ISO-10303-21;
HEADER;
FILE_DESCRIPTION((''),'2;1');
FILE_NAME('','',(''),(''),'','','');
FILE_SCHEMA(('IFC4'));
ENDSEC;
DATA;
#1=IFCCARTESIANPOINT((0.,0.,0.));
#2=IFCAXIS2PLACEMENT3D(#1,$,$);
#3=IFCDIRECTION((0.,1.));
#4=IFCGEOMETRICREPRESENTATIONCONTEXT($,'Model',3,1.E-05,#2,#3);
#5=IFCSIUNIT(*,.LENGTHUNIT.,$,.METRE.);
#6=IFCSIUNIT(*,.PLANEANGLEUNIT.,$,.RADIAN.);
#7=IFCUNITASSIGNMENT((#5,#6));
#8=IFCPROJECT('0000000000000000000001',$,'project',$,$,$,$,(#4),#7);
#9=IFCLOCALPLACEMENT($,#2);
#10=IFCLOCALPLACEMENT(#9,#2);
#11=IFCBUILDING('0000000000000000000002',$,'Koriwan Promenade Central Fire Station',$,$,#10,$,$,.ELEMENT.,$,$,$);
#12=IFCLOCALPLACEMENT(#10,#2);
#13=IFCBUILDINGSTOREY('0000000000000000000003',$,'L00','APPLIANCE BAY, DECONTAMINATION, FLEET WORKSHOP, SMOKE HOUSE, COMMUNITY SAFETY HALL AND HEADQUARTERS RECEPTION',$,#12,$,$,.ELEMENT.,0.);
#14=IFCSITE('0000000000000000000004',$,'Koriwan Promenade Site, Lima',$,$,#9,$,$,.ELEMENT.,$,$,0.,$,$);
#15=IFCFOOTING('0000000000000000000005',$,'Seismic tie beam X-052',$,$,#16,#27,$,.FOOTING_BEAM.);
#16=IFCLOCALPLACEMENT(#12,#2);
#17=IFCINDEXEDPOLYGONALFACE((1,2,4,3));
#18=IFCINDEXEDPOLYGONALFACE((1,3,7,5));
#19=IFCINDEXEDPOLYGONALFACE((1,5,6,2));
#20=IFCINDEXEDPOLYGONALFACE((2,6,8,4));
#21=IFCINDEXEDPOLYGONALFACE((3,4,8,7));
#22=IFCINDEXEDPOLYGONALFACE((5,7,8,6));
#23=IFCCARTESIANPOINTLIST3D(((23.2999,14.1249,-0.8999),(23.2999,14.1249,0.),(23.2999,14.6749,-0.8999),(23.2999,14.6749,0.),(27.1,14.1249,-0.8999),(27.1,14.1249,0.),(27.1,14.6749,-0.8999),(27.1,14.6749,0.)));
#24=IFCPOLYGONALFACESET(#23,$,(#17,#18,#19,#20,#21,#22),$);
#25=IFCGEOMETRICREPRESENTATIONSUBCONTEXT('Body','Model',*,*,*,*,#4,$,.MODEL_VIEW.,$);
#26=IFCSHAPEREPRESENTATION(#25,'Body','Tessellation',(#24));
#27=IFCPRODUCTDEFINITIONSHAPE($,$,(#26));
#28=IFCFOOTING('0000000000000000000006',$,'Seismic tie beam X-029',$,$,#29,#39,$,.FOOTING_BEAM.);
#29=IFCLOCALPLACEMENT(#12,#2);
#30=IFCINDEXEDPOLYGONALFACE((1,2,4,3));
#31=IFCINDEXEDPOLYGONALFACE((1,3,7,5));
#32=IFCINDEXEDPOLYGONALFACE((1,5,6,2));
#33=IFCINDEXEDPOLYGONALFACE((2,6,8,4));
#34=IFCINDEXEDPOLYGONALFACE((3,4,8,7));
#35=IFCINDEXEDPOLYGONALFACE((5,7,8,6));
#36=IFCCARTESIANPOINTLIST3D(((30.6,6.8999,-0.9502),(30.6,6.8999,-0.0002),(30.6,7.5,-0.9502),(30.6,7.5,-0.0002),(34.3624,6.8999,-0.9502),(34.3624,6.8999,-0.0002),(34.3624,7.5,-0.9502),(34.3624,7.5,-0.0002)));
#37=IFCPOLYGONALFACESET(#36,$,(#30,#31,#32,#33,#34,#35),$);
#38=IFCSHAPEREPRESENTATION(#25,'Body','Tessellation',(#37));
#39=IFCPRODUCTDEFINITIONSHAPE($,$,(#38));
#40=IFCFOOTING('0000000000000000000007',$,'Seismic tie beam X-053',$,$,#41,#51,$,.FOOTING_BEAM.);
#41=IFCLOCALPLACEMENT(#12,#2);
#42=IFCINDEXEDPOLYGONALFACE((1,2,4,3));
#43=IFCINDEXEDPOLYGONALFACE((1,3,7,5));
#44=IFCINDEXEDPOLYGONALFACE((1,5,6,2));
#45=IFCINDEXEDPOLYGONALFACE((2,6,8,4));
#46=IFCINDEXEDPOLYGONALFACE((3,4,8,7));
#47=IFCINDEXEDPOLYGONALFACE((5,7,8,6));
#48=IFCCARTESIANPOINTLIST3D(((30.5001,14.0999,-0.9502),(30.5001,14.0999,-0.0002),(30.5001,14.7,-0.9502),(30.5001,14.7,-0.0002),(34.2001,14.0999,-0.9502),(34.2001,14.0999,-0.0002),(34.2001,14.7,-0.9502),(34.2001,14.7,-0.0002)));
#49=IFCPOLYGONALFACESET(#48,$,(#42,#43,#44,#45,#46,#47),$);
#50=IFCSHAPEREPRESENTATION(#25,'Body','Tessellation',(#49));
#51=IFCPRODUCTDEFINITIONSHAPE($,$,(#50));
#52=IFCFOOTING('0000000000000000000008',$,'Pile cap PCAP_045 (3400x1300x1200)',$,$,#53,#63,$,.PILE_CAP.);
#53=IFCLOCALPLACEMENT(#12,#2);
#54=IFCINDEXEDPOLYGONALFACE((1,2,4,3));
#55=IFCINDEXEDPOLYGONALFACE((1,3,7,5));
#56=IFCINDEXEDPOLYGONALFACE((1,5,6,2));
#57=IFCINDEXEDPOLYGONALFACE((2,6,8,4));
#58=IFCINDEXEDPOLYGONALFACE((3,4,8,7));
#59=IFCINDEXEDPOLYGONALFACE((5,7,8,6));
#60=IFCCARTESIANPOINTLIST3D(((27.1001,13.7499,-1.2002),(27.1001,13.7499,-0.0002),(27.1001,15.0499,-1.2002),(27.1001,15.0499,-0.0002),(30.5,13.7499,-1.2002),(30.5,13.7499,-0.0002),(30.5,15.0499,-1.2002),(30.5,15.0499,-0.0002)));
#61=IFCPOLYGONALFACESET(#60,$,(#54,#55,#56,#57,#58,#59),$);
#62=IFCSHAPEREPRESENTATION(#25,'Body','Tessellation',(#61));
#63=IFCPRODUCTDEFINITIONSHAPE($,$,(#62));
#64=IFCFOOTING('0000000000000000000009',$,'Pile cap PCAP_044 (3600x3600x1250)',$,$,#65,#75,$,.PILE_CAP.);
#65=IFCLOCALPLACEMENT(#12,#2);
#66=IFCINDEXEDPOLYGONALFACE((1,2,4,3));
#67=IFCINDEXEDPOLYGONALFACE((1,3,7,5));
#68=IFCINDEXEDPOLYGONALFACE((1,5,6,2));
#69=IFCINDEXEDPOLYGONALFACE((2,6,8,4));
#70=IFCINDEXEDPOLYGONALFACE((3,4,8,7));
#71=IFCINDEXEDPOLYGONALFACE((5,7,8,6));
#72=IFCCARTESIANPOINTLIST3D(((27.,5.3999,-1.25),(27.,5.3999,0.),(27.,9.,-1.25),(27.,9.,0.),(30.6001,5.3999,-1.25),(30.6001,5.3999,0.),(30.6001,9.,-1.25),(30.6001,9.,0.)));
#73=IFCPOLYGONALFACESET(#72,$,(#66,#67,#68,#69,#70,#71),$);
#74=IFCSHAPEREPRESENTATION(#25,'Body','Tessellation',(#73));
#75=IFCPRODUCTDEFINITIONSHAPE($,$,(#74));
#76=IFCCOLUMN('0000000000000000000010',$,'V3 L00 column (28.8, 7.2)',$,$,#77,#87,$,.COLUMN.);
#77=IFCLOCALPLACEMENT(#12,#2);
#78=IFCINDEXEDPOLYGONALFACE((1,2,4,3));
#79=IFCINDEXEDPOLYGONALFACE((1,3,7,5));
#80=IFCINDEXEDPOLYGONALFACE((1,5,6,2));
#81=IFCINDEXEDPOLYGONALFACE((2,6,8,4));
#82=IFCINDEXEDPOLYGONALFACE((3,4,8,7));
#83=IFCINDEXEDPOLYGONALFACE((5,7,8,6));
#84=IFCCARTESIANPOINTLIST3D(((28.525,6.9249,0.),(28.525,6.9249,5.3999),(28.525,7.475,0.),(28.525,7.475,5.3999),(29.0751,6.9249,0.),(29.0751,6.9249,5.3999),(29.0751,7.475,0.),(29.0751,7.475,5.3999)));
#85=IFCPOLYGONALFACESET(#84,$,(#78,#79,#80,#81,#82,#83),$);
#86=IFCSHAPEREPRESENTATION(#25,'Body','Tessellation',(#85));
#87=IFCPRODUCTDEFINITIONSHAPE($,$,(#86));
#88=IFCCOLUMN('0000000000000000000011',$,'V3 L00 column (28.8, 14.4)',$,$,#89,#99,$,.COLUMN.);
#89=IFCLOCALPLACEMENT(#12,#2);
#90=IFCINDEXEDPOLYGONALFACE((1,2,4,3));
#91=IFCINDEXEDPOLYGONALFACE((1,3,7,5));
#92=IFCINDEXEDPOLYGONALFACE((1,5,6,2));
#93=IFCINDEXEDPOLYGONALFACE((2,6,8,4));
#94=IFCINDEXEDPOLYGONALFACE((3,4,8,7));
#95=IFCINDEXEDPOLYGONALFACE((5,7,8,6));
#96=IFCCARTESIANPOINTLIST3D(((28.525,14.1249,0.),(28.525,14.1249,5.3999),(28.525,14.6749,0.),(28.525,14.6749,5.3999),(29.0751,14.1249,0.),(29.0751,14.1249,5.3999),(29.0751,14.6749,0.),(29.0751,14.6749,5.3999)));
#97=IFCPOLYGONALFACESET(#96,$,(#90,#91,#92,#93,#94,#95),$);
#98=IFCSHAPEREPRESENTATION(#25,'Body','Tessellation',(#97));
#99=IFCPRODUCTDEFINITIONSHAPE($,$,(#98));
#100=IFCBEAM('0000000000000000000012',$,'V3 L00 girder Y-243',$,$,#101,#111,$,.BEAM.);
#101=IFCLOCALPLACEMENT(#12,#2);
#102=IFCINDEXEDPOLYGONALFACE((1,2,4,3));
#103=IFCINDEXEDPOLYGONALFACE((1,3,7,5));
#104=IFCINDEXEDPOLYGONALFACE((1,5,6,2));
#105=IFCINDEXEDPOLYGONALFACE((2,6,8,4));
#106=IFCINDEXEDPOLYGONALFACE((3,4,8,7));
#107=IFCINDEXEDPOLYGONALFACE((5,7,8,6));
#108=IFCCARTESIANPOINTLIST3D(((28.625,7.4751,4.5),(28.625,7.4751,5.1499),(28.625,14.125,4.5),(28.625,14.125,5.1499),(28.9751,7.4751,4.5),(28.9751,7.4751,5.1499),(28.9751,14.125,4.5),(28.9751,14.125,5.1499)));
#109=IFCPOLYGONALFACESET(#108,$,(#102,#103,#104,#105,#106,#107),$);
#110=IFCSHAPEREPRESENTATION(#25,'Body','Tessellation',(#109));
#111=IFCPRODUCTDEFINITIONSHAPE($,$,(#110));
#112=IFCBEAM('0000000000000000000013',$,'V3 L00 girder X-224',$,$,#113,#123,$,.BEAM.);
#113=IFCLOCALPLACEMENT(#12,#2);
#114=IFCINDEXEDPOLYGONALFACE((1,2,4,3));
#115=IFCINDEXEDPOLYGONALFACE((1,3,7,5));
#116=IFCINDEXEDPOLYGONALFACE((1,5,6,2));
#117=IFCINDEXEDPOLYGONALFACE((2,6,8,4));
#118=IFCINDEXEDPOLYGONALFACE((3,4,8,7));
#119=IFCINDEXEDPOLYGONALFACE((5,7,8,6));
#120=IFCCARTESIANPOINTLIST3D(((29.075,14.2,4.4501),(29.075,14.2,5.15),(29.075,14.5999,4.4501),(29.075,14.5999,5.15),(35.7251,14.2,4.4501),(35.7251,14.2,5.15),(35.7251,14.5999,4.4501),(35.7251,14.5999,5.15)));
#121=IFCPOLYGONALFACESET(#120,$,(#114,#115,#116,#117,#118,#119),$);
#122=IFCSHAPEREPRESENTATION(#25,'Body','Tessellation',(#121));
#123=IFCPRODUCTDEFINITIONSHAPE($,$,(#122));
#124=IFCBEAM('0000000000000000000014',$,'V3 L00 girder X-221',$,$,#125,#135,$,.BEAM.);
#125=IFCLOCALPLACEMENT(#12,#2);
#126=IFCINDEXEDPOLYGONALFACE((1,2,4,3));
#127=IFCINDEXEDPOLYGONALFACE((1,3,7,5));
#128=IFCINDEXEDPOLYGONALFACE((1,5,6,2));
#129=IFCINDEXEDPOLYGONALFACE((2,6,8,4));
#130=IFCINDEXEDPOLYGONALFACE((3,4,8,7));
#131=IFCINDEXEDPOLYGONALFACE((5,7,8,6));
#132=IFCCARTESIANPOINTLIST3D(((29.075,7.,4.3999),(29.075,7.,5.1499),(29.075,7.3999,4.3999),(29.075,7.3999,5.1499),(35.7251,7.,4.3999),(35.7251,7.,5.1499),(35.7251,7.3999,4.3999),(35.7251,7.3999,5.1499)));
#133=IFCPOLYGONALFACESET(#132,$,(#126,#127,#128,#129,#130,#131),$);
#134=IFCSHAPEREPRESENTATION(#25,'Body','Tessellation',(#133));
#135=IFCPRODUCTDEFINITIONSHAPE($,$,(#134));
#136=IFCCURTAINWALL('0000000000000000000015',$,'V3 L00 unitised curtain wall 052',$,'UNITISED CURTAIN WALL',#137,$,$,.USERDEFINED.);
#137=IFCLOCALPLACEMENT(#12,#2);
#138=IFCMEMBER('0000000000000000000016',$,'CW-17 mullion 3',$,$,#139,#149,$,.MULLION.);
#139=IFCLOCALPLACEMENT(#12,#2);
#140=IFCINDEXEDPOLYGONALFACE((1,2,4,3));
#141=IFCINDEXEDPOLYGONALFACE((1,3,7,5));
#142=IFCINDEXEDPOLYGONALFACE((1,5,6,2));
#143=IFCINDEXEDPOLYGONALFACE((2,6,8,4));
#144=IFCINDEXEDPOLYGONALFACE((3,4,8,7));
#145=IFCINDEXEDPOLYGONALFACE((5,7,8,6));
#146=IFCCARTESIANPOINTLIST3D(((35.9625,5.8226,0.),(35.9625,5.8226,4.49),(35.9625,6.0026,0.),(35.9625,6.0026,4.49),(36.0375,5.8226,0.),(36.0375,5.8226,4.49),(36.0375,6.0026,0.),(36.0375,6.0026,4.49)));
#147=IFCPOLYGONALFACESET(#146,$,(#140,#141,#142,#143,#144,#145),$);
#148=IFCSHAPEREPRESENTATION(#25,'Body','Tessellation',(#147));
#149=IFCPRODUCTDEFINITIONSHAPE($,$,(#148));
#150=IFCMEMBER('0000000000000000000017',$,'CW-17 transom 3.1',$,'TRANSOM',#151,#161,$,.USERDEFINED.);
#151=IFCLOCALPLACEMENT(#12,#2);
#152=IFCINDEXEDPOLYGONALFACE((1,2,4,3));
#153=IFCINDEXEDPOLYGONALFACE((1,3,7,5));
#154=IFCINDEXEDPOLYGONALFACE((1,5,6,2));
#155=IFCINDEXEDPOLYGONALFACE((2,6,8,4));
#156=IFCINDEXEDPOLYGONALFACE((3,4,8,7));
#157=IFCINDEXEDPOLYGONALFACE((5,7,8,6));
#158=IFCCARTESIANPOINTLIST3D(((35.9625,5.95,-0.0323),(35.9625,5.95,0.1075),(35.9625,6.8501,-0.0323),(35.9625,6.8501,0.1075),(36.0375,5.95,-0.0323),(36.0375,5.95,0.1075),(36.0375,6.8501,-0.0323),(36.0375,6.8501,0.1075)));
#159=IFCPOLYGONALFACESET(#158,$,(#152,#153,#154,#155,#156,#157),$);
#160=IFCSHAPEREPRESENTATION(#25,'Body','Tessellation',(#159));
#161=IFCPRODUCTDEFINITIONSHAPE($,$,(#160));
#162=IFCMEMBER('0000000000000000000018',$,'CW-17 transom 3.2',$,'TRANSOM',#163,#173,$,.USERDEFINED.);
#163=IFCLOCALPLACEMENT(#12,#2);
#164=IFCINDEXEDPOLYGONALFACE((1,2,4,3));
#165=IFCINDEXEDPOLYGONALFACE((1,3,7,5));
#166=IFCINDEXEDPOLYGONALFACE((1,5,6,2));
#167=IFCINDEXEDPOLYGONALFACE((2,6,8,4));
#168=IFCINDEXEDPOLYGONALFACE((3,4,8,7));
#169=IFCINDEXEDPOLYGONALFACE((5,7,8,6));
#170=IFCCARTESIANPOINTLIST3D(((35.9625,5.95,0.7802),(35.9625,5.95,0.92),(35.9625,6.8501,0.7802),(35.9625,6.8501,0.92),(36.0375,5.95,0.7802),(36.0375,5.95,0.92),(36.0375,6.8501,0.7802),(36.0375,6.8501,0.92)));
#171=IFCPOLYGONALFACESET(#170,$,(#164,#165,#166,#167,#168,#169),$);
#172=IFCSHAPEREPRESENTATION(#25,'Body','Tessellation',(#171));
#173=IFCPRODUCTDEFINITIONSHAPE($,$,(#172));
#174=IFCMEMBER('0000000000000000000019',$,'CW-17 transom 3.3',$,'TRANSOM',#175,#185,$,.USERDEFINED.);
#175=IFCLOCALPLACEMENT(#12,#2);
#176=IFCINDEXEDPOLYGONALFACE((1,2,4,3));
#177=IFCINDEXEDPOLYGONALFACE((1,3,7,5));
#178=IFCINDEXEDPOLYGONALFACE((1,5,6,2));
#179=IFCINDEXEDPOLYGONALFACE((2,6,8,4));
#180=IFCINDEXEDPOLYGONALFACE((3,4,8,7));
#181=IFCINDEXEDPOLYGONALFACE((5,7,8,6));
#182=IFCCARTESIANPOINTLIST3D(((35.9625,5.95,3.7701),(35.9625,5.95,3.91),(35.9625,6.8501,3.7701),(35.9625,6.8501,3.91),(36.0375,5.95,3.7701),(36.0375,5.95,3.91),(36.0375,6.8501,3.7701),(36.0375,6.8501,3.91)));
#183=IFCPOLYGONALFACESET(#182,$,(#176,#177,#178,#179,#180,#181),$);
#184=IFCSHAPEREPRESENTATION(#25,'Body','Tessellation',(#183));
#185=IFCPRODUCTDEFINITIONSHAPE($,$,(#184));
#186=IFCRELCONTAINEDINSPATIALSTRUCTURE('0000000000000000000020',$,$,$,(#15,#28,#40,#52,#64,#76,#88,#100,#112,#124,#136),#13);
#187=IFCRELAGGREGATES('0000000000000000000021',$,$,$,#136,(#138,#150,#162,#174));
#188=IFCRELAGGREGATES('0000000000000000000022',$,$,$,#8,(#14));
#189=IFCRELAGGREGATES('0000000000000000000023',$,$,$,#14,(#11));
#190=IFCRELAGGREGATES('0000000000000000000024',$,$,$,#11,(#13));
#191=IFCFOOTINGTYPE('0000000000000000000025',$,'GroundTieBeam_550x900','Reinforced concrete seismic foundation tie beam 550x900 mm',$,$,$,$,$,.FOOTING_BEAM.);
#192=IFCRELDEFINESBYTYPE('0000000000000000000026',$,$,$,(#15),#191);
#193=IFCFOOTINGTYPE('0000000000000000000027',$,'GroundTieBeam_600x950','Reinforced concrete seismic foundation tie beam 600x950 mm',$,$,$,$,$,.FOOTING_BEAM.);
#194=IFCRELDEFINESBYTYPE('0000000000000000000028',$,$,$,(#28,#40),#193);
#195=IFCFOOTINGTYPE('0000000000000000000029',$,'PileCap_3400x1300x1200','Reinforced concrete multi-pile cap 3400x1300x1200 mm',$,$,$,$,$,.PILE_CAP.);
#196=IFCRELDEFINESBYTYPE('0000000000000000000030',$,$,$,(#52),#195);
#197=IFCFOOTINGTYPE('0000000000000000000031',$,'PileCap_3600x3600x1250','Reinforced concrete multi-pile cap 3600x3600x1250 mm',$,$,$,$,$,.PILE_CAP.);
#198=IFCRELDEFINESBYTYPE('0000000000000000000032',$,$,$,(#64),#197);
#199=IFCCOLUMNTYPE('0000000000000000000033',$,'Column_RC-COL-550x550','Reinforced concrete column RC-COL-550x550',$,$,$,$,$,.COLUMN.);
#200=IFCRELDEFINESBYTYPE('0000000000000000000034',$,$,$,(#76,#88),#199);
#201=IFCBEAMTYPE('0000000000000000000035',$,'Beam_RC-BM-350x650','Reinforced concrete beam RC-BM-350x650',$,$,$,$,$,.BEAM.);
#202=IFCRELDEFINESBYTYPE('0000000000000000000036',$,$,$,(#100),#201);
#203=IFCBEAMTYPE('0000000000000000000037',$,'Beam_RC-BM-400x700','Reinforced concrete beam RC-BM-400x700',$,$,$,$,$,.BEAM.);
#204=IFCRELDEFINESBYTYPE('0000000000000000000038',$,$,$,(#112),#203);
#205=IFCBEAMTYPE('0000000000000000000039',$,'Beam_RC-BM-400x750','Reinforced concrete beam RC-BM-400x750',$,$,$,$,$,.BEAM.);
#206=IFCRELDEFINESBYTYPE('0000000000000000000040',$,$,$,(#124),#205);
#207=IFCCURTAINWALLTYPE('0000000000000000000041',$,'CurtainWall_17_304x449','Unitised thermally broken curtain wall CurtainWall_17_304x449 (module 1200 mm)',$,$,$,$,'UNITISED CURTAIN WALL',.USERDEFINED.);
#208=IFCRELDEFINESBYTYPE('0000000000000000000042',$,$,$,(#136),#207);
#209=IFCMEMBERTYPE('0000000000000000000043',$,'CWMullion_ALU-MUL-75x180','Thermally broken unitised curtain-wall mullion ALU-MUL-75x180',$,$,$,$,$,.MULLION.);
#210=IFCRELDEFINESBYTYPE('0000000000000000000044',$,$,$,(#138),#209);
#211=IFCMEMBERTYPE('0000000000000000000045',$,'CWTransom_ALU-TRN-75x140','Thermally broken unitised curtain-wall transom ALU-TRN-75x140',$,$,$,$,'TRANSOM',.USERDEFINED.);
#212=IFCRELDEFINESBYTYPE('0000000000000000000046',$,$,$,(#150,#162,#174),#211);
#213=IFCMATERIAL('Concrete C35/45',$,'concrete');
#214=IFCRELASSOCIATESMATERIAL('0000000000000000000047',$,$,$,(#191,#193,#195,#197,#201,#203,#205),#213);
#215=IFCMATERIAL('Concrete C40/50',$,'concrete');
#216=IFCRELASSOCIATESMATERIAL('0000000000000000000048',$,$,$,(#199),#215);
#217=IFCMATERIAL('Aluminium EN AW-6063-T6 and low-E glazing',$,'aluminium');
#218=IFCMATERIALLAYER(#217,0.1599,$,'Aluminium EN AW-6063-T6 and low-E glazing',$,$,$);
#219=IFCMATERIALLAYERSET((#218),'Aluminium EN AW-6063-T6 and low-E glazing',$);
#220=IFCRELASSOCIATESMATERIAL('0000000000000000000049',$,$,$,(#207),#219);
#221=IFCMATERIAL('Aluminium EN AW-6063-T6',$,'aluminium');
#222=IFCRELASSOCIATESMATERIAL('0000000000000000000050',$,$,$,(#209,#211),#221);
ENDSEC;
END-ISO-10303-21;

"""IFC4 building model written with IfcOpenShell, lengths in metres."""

from ifc_helpers import new_model, si_unit, direction, frame, origin, origin_2d, place, context, subcontext, project, spatial, rectangle, extrude, material, layer, layer_set, material_profile, profile_set, type_object, element, aggregate, save


model = new_model("IFC4")

# Units and contexts
model_context = context("Model", 3, precision=1e-05, world=origin(), true_north=direction((0.0, 1.0)))
body_context = subcontext(model_context, "Body", "Model", "MODEL_VIEW")
ifc_project = project(units=[si_unit("LENGTHUNIT", "METRE"), si_unit("PLANEANGLEUNIT", "RADIAN")], contexts=[model_context])

# Site, building, storey
site_placement = place(None, origin())
site = spatial("IfcSite", under=ifc_project, at=site_placement, Name="Koriwan Promenade Site, Lima", CompositionType="ELEMENT", RefElevation=0.0)
building_placement = place(site_placement, origin())
building = spatial("IfcBuilding", under=site, at=building_placement, Name="Koriwan Promenade Central Fire Station", CompositionType="ELEMENT")
storey_placement = place(building_placement, origin())
storey = spatial("IfcBuildingStorey", under=building, at=storey_placement, Name="L00", Description="APPLIANCE BAY, DECONTAMINATION, FLEET WORKSHOP, SMOKE HOUSE, COMMUNITY SAFETY HALL AND HEADQUARTERS RECEPTION", CompositionType="ELEMENT", Elevation=0.0)

# Shared definitions
ifc_material_1 = material(Name="Concrete C35/45", Category="concrete")

# Footings
footing_type_1 = type_object("IfcFootingType", Name="GroundTieBeam_550x900", Description="Reinforced concrete seismic foundation tie beam 550x900 mm", PredefinedType="FOOTING_BEAM", material=ifc_material_1)
footing_1_placement = place(storey_placement, frame((25.2, 14.3999, -0.8999), z_axis=(0.0, 0.0, 1.0), x_axis=(1.0, 0.0, 0.0)))
element("IfcFooting", 1, at=footing_1_placement, inside=storey, type_object=footing_type_1, Name="Seismic tie beam X-052", PredefinedType="FOOTING_BEAM", context=body_context, shape_type="SweptSolid", body=[
    extrude(rectangle(XDim=3.8, YDim=0.55, at=origin_2d()), origin(), (0.0, 0.0, 1.0), 0.8999),
])
footing_type_2 = type_object("IfcFootingType", Name="GroundTieBeam_600x950", Description="Reinforced concrete seismic foundation tie beam 600x950 mm", PredefinedType="FOOTING_BEAM", material=ifc_material_1)
footing_2_placement = place(storey_placement, frame((32.4812, 7.2, -0.9502), z_axis=(0.0, 0.0, 1.0), x_axis=(1.0, 0.0, 0.0)))
element("IfcFooting", 2, at=footing_2_placement, inside=storey, type_object=footing_type_2, Name="Seismic tie beam X-029", PredefinedType="FOOTING_BEAM", context=body_context, shape_type="SweptSolid", body=[
    extrude(rectangle(XDim=3.7625, YDim=0.6001, at=origin_2d()), origin(), (0.0, 0.0, 1.0), 0.95),
])
footing_3_placement = place(storey_placement, frame((32.3501, 14.3999, -0.9502), z_axis=(0.0, 0.0, 1.0), x_axis=(1.0, 0.0, 0.0)))
element("IfcFooting", 3, at=footing_3_placement, inside=storey, type_object=footing_type_2, Name="Seismic tie beam X-053", PredefinedType="FOOTING_BEAM", context=body_context, shape_type="SweptSolid", body=[
    extrude(rectangle(XDim=3.7, YDim=0.6001, at=origin_2d()), origin(), (0.0, 0.0, 1.0), 0.95),
])
footing_type_3 = type_object("IfcFootingType", Name="PileCap_3400x1300x1200", Description="Reinforced concrete multi-pile cap 3400x1300x1200 mm", PredefinedType="PILE_CAP", material=ifc_material_1)
footing_4_placement = place(storey_placement, frame((28.8, 14.3999, -1.2002), z_axis=(0.0, 0.0, 1.0), x_axis=(1.0, 0.0, 0.0)))
element("IfcFooting", 4, at=footing_4_placement, inside=storey, type_object=footing_type_3, Name="Pile cap PCAP_045 (3400x1300x1200)", PredefinedType="PILE_CAP", context=body_context, shape_type="SweptSolid", body=[
    extrude(rectangle(XDim=3.3999, YDim=1.3, at=origin_2d()), origin(), (0.0, 0.0, 1.0), 1.2),
])
footing_type_4 = type_object("IfcFootingType", Name="PileCap_3600x3600x1250", Description="Reinforced concrete multi-pile cap 3600x3600x1250 mm", PredefinedType="PILE_CAP", material=ifc_material_1)
footing_5_placement = place(storey_placement, frame((28.8, 7.2, -1.25), z_axis=(0.0, 0.0, 1.0), x_axis=(1.0, 0.0, 0.0)))
element("IfcFooting", 5, at=footing_5_placement, inside=storey, type_object=footing_type_4, Name="Pile cap PCAP_044 (3600x3600x1250)", PredefinedType="PILE_CAP", context=body_context, shape_type="SweptSolid", body=[
    extrude(rectangle(XDim=3.6001, YDim=3.6001, at=origin_2d()), origin(), (0.0, 0.0, 1.0), 1.25),
])

# Columns
ifc_material_2 = material(Name="Concrete C40/50", Category="concrete")
ifc_material_profile_1 = material_profile(ifc_material_2, rectangle(XDim=0.55, YDim=0.55, at=origin_2d()), Name="RC-COL-550x550")
ifc_profile_set_1 = profile_set([ifc_material_profile_1], Name="Concrete C40/50")
column_type = type_object("IfcColumnType", Name="Column_RC-COL-550x550", Description="Reinforced concrete column RC-COL-550x550", PredefinedType="COLUMN", material=ifc_profile_set_1)
for number, where, z_axis, x_axis, name in (
    (6, (28.8, 7.2, 0.0), (0.0, 0.0, 1.0), (1.0, 0.0, 0.0), "V3 L00 column (28.8, 7.2)"),
    (7, (28.8, 14.3999, 0.0), (0.0, 0.0, 1.0), (1.0, 0.0, 0.0), "V3 L00 column (28.8, 14.4)"),
):
    element("IfcColumn", number, at=place(storey_placement, frame(where, z_axis=z_axis, x_axis=x_axis)), inside=storey, type_object=column_type, Name=name, PredefinedType="COLUMN", context=body_context, shape_type="SweptSolid", body=[
        extrude(rectangle(XDim=0.55, YDim=0.55, at=origin_2d()), origin(), (0.0, 0.0, 1.0), 5.3999),
    ])

# Beams
ifc_material_profile_2 = material_profile(ifc_material_1, rectangle(XDim=0.3501, YDim=0.6499, at=origin_2d()), Name="RC-BM-350x650")
ifc_profile_set_2 = profile_set([ifc_material_profile_2], Name="Concrete C35/45")
beam_type_1 = type_object("IfcBeamType", Name="Beam_RC-BM-350x650", Description="Reinforced concrete beam RC-BM-350x650", PredefinedType="BEAM", material=ifc_profile_set_2)
beam_1_placement = place(storey_placement, frame((28.8, 7.4751, 4.825), z_axis=(0.0, 1.0, 0.0), x_axis=(-1.0, 0.0, 0.0)))
element("IfcBeam", 8, at=beam_1_placement, inside=storey, type_object=beam_type_1, Name="V3 L00 girder Y-243", PredefinedType="BEAM", context=body_context, shape_type="SweptSolid", body=[
    extrude(rectangle(XDim=0.3501, YDim=0.6499, at=origin_2d()), origin(), (0.0, 0.0, 1.0), 6.6499),
])
ifc_material_profile_3 = material_profile(ifc_material_1, rectangle(XDim=0.3999, YDim=0.7, at=origin_2d()), Name="RC-BM-400x700")
ifc_profile_set_3 = profile_set([ifc_material_profile_3], Name="Concrete C35/45")
beam_type_2 = type_object("IfcBeamType", Name="Beam_RC-BM-400x700", Description="Reinforced concrete beam RC-BM-400x700", PredefinedType="BEAM", material=ifc_profile_set_3)
beam_2_placement = place(storey_placement, frame((29.075, 14.3999, 4.8), z_axis=(1.0, 0.0, 0.0), x_axis=(0.0, 1.0, 0.0)))
element("IfcBeam", 9, at=beam_2_placement, inside=storey, type_object=beam_type_2, Name="V3 L00 girder X-224", PredefinedType="BEAM", context=body_context, shape_type="SweptSolid", body=[
    extrude(rectangle(XDim=0.3999, YDim=0.7, at=origin_2d()), origin(), (0.0, 0.0, 1.0), 6.6501),
])
ifc_material_profile_4 = material_profile(ifc_material_1, rectangle(XDim=0.3999, YDim=0.75, at=origin_2d()), Name="RC-BM-400x750")
ifc_profile_set_4 = profile_set([ifc_material_profile_4], Name="Concrete C35/45")
beam_type_3 = type_object("IfcBeamType", Name="Beam_RC-BM-400x750", Description="Reinforced concrete beam RC-BM-400x750", PredefinedType="BEAM", material=ifc_profile_set_4)
beam_3_placement = place(storey_placement, frame((29.075, 7.2, 4.7749), z_axis=(1.0, 0.0, 0.0), x_axis=(0.0, 1.0, 0.0)))
element("IfcBeam", 10, at=beam_3_placement, inside=storey, type_object=beam_type_3, Name="V3 L00 girder X-221", PredefinedType="BEAM", context=body_context, shape_type="SweptSolid", body=[
    extrude(rectangle(XDim=0.3999, YDim=0.75, at=origin_2d()), origin(), (0.0, 0.0, 1.0), 6.6501),
])

# Curtain wall, members
ifc_material_3 = material(Name="Aluminium EN AW-6063-T6 and low-E glazing", Category="aluminium")
ifc_layer_1 = layer(ifc_material_3, 0.1599, Name="Aluminium EN AW-6063-T6 and low-E glazing")
ifc_layer_set_1 = layer_set([ifc_layer_1], Name="Aluminium EN AW-6063-T6 and low-E glazing")
curtain_wall_type = type_object("IfcCurtainWallType", Name="CurtainWall_17_304x449", Description="Unitised thermally broken curtain wall CurtainWall_17_304x449 (module 1200 mm)", ElementType="UNITISED CURTAIN WALL", PredefinedType="USERDEFINED", material=ifc_layer_set_1)
curtain_wall_placement = place(storey_placement, origin())
curtain_wall = element("IfcCurtainWall", 11, at=curtain_wall_placement, inside=storey, type_object=curtain_wall_type, Name="V3 L00 unitised curtain wall 052", ObjectType="UNITISED CURTAIN WALL", PredefinedType="USERDEFINED")
ifc_material_4 = material(Name="Aluminium EN AW-6063-T6", Category="aluminium")
ifc_material_profile_5 = material_profile(ifc_material_4, rectangle(XDim=0.075, YDim=0.1799, at=origin_2d()), Name="ALU-MUL-75x180")
ifc_profile_set_5 = profile_set([ifc_material_profile_5], Name="Aluminium EN AW-6063-T6")
member_type_1 = type_object("IfcMemberType", Name="CWMullion_ALU-MUL-75x180", Description="Thermally broken unitised curtain-wall mullion ALU-MUL-75x180", PredefinedType="MULLION", material=ifc_profile_set_5)
member_1_placement = place(storey_placement, frame((36.0, 5.9126, 0.0), z_axis=(0.0, 0.0, 1.0), x_axis=(-1.0, 0.0, 0.0)))
member_1 = element("IfcMember", 12, at=member_1_placement, type_object=member_type_1, Name="CW-17 mullion 3", PredefinedType="MULLION", context=body_context, shape_type="SweptSolid", body=[
    extrude(rectangle(XDim=0.075, YDim=0.1799, at=origin_2d()), origin(), (0.0, 0.0, 1.0), 4.49),
])
ifc_material_profile_6 = material_profile(ifc_material_4, rectangle(XDim=0.075, YDim=0.1399, at=origin_2d()), Name="ALU-TRN-75x140")
ifc_profile_set_6 = profile_set([ifc_material_profile_6], Name="Aluminium EN AW-6063-T6")
member_type_2 = type_object("IfcMemberType", Name="CWTransom_ALU-TRN-75x140", Description="Thermally broken unitised curtain-wall transom ALU-TRN-75x140", ElementType="TRANSOM", PredefinedType="USERDEFINED", material=ifc_profile_set_6)
member_2_placement = place(storey_placement, frame((36.0, 5.95, 0.0376), z_axis=(0.0, 1.0, 0.0), x_axis=(-1.0, 0.0, 0.0)))
member_2 = element("IfcMember", 13, at=member_2_placement, type_object=member_type_2, Name="CW-17 transom 3.1", ObjectType="TRANSOM", PredefinedType="USERDEFINED", context=body_context, shape_type="SweptSolid", body=[
    extrude(rectangle(XDim=0.075, YDim=0.1399, at=origin_2d()), origin(), (0.0, 0.0, 1.0), 0.9001),
])
member_3_placement = place(storey_placement, frame((36.0, 5.95, 0.8501), z_axis=(0.0, 1.0, 0.0), x_axis=(-1.0, 0.0, 0.0)))
member_3 = element("IfcMember", 14, at=member_3_placement, type_object=member_type_2, Name="CW-17 transom 3.2", ObjectType="TRANSOM", PredefinedType="USERDEFINED", context=body_context, shape_type="SweptSolid", body=[
    extrude(rectangle(XDim=0.075, YDim=0.1399, at=origin_2d()), origin(), (0.0, 0.0, 1.0), 0.9001),
])
member_4_placement = place(storey_placement, frame((36.0, 5.95, 3.8401), z_axis=(0.0, 1.0, 0.0), x_axis=(-1.0, 0.0, 0.0)))
member_4 = element("IfcMember", 15, at=member_4_placement, type_object=member_type_2, Name="CW-17 transom 3.3", ObjectType="TRANSOM", PredefinedType="USERDEFINED", context=body_context, shape_type="SweptSolid", body=[
    extrude(rectangle(XDim=0.075, YDim=0.1399, at=origin_2d()), origin(), (0.0, 0.0, 1.0), 0.9001),
])
aggregate(curtain_wall, [member_1, member_2, member_3, member_4])

save(model, "model.ifc")
